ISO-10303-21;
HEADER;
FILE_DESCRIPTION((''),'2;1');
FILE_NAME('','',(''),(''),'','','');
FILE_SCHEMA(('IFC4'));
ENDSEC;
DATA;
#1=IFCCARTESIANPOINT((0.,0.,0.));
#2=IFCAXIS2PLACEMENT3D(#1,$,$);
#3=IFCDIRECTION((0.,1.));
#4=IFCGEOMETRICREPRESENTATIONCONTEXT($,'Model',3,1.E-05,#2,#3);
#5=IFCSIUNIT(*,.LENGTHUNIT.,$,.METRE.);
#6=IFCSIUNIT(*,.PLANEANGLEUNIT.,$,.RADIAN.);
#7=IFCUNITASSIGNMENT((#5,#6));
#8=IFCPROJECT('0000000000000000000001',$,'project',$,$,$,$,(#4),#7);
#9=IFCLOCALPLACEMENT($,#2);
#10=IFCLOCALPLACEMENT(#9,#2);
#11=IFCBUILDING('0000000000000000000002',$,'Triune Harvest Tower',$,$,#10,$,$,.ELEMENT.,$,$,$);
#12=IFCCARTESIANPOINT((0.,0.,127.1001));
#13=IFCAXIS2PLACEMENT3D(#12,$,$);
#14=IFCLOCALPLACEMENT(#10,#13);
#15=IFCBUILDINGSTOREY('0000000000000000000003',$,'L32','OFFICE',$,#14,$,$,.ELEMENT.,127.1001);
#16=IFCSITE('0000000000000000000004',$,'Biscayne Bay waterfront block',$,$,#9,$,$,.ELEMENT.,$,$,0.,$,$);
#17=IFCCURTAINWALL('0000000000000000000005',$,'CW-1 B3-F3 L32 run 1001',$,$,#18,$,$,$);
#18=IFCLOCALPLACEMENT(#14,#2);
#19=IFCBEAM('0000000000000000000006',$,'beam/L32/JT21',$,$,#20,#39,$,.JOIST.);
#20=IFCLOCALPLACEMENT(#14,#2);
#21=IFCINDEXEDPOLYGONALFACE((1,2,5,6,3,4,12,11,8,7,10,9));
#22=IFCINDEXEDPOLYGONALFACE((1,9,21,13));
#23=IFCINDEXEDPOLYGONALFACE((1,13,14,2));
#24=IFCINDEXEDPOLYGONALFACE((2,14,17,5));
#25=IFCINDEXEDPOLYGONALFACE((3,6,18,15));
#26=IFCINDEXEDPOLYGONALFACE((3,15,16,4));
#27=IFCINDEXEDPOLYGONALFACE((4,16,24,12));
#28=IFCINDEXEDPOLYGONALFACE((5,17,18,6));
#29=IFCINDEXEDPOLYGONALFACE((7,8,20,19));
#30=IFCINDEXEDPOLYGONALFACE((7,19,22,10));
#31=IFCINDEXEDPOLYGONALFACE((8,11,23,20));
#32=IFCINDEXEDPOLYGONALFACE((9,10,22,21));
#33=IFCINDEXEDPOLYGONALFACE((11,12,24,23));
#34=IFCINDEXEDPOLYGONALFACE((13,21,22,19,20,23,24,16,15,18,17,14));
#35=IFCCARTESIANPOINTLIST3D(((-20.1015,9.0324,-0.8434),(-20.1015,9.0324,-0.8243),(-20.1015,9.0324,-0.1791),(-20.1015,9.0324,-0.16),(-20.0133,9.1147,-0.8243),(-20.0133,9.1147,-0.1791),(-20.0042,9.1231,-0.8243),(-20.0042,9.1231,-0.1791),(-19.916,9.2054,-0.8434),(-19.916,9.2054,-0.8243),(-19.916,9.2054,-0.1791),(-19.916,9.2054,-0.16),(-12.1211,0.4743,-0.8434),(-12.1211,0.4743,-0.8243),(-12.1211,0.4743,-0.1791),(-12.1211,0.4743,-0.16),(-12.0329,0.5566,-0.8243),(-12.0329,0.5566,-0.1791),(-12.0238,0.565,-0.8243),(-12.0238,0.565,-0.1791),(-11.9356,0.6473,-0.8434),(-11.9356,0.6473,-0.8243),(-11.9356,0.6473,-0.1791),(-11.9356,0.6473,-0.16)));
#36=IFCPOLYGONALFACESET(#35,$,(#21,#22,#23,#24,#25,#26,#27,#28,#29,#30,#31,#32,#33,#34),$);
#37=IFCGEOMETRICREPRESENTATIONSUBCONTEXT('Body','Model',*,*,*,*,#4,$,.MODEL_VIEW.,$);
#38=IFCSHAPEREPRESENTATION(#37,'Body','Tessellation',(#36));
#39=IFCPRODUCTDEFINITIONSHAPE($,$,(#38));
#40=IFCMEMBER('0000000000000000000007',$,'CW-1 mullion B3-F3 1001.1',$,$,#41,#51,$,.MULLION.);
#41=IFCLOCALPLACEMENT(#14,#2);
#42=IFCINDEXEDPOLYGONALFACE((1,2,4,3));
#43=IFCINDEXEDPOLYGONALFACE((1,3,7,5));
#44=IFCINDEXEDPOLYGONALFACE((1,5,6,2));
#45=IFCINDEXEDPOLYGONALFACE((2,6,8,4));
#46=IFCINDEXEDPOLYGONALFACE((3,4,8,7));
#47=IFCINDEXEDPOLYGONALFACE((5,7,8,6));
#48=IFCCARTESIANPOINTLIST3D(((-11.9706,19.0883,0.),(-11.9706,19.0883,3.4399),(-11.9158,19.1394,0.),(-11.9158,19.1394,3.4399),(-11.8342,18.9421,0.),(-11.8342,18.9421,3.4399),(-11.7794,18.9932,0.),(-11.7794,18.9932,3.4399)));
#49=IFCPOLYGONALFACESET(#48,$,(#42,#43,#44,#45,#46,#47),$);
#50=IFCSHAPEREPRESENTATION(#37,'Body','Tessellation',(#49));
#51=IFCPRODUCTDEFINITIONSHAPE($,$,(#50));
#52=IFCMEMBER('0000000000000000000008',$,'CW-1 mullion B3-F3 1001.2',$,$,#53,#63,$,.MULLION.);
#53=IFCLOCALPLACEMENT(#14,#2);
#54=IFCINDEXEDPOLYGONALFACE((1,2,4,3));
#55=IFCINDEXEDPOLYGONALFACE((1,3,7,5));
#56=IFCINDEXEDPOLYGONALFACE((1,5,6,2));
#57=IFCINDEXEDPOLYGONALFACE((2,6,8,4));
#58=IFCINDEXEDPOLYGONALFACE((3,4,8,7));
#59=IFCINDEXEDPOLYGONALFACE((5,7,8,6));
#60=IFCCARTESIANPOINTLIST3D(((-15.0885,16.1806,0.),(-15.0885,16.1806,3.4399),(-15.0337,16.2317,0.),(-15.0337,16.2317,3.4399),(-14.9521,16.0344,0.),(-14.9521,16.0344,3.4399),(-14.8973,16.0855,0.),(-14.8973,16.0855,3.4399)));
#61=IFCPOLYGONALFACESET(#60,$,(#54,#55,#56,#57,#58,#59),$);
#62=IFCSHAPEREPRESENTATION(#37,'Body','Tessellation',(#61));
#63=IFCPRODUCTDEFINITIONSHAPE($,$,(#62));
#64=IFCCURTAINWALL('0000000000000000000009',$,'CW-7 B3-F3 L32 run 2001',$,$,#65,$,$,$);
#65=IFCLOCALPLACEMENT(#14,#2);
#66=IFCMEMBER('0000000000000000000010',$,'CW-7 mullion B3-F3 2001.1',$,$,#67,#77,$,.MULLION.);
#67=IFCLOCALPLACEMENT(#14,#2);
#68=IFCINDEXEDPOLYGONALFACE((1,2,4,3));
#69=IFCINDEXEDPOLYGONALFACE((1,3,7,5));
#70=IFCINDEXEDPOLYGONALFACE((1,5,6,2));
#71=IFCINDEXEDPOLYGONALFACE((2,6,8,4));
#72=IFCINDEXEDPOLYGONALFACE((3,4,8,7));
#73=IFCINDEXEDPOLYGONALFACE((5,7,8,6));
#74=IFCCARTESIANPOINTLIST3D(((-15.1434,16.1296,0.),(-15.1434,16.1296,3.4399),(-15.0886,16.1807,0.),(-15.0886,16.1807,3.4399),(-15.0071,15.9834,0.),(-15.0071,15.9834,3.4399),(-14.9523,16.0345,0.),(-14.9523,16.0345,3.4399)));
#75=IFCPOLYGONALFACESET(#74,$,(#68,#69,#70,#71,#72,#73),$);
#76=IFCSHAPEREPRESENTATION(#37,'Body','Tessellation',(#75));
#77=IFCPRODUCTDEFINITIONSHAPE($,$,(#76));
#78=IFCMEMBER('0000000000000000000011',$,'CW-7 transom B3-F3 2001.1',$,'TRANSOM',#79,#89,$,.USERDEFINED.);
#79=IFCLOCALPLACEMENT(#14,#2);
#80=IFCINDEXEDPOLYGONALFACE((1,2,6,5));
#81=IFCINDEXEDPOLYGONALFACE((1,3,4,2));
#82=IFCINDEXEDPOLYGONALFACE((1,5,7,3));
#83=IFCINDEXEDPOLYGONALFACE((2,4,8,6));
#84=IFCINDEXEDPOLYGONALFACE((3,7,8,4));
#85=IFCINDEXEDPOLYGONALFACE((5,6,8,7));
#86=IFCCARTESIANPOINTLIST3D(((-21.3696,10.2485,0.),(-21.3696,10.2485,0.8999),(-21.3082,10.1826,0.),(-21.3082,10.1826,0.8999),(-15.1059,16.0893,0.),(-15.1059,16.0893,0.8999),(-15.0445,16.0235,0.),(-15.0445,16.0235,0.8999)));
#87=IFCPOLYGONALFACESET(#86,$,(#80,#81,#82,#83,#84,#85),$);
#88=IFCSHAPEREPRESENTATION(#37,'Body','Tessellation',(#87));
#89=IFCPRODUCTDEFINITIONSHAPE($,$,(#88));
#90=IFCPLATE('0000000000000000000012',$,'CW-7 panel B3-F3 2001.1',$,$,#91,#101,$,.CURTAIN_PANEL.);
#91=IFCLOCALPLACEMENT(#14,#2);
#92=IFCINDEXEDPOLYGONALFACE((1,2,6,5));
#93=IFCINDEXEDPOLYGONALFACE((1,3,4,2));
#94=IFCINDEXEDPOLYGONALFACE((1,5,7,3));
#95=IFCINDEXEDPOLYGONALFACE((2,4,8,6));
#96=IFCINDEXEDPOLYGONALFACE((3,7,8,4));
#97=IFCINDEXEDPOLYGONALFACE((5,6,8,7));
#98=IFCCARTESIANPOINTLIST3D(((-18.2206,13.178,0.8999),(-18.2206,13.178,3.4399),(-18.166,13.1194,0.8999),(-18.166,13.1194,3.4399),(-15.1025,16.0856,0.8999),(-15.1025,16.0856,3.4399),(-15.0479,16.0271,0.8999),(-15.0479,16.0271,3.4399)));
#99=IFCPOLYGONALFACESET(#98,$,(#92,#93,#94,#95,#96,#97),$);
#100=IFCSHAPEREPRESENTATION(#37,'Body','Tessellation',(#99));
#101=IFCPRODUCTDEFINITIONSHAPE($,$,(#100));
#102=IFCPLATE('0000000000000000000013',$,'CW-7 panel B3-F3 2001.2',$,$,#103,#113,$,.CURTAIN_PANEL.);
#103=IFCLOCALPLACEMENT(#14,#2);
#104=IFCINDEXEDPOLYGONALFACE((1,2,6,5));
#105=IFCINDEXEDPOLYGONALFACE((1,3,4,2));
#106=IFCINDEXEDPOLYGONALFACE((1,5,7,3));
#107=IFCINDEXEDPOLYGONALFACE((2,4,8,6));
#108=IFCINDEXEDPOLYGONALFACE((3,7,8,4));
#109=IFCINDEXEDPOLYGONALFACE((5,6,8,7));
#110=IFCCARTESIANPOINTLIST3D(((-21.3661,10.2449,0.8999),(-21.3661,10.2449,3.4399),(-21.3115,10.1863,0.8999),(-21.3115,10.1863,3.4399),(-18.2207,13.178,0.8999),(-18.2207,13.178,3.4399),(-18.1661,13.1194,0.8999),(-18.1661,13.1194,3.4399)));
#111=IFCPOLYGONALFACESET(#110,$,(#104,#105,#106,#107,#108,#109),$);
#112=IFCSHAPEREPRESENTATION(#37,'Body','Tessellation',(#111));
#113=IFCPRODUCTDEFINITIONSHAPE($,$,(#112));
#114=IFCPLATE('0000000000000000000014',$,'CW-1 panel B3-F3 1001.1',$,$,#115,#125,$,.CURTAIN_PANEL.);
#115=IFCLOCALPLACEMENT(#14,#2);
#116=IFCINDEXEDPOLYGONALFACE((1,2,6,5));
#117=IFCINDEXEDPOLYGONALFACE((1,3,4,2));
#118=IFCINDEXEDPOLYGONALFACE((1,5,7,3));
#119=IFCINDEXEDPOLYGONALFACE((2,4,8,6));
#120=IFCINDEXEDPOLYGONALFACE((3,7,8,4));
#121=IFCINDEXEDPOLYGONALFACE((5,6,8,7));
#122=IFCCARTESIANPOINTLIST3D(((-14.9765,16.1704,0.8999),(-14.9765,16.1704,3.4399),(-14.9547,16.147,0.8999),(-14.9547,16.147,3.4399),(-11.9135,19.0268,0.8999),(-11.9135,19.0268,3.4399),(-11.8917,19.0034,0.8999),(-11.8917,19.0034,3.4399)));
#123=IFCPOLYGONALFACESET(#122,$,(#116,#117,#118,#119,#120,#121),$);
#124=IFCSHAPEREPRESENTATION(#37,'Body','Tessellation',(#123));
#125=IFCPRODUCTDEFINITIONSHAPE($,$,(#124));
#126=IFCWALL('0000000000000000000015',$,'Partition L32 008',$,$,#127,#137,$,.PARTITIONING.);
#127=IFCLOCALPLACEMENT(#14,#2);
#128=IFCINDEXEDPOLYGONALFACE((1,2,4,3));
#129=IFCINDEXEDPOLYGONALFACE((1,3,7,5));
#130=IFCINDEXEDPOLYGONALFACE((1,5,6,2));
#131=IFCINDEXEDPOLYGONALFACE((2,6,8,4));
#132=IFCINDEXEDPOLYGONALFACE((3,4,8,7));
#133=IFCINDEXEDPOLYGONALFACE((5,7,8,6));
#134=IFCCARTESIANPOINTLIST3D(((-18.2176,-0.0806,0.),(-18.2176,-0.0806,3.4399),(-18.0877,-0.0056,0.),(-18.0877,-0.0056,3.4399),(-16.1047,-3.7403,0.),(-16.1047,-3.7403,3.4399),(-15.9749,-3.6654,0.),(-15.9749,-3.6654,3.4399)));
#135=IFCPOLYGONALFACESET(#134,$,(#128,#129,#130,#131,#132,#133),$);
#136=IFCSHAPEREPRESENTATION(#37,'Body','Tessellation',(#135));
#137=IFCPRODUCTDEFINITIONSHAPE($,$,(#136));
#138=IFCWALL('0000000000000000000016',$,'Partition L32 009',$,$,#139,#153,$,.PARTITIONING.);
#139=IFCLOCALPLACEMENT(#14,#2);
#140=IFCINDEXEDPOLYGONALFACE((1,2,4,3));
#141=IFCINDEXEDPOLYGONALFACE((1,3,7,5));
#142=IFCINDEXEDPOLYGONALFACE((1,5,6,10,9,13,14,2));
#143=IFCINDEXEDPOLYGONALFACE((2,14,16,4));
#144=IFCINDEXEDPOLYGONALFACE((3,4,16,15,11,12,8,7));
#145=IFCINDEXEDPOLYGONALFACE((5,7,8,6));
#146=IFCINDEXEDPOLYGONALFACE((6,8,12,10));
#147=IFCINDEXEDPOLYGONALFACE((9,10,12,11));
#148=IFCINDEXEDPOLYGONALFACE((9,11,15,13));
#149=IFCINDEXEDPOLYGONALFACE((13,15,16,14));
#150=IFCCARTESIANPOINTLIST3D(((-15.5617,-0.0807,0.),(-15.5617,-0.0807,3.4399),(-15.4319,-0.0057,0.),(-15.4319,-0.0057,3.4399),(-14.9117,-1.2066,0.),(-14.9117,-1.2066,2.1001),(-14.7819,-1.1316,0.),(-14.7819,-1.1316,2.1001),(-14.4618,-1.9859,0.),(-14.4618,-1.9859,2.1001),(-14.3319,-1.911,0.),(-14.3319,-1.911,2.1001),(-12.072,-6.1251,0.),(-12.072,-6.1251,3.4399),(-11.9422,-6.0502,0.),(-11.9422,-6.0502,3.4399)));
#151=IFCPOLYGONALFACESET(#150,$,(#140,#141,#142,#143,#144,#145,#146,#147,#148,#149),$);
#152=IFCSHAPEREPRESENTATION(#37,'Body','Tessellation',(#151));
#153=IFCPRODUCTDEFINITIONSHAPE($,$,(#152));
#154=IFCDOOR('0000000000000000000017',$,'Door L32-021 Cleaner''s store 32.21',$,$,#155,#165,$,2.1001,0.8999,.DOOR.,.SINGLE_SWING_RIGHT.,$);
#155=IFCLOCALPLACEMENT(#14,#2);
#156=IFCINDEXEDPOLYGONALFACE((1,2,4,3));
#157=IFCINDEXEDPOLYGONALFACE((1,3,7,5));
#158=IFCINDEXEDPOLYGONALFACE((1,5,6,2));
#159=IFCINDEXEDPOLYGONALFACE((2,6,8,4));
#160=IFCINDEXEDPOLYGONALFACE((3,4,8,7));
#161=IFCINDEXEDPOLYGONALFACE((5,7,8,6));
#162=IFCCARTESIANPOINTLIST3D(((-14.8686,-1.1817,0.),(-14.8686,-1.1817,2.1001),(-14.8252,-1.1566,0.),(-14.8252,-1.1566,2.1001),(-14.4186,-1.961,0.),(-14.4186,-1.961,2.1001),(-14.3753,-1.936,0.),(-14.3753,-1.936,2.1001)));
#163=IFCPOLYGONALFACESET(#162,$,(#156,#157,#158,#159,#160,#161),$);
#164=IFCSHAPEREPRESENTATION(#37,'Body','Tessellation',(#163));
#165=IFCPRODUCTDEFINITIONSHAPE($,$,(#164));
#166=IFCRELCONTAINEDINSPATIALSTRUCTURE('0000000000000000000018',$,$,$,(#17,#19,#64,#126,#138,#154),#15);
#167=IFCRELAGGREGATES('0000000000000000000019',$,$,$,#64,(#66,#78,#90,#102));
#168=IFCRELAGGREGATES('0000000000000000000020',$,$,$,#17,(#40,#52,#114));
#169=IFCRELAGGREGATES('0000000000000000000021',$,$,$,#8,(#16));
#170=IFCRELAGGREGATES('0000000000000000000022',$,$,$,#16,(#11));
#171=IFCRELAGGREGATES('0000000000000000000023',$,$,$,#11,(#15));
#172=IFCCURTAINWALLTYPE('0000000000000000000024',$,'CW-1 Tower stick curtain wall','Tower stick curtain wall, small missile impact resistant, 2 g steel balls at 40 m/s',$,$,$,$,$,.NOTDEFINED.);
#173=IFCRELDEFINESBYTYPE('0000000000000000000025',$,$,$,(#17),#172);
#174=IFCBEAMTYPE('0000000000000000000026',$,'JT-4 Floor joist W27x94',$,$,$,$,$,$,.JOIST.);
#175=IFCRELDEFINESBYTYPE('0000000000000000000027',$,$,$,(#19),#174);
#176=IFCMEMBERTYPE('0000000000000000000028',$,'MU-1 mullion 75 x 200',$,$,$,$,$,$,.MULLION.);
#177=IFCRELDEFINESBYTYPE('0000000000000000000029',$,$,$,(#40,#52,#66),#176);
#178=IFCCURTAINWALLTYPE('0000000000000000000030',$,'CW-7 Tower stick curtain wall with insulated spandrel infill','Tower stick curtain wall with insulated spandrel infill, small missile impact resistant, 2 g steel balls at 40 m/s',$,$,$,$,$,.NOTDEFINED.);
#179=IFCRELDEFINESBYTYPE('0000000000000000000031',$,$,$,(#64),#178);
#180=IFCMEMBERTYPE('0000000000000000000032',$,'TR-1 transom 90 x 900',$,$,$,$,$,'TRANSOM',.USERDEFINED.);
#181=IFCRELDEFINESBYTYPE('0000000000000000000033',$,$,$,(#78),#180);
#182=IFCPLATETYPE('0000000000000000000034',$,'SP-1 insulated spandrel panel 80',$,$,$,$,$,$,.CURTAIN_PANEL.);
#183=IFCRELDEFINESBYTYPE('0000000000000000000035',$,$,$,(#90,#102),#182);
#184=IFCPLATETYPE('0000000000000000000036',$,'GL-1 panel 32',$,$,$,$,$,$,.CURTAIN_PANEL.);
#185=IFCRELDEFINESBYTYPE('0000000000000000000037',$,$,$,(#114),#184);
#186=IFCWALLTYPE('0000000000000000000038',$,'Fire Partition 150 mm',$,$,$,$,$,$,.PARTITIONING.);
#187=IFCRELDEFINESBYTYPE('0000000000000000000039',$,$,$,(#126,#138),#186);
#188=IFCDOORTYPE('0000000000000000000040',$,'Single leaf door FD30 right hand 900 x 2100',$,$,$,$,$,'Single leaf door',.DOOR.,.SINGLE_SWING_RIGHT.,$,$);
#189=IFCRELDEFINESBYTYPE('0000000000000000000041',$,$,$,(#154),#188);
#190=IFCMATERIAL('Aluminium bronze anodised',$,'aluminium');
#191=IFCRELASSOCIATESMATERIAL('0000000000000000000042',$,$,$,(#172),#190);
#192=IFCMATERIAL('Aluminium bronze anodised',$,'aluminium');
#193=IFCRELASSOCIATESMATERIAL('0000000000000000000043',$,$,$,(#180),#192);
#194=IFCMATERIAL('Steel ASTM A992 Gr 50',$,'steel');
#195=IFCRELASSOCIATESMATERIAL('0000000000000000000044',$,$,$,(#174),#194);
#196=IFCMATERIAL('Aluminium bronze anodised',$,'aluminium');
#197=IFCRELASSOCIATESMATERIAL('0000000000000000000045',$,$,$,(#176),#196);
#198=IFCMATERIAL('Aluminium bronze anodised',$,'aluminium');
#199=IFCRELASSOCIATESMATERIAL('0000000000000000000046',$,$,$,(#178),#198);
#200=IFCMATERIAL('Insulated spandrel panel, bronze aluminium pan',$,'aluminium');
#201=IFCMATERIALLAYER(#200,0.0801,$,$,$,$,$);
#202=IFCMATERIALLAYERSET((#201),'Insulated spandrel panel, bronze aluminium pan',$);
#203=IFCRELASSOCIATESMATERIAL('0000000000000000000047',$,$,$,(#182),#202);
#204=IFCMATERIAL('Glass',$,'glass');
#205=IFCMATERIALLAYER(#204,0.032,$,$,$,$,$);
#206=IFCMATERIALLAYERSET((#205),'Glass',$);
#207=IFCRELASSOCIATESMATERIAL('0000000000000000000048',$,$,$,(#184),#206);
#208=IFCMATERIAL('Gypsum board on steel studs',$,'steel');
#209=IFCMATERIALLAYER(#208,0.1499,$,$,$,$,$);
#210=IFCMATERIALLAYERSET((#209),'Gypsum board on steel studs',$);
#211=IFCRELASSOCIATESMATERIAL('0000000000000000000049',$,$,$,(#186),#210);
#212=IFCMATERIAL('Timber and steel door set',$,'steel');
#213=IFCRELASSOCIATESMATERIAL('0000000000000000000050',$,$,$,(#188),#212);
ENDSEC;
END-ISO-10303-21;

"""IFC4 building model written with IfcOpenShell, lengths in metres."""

from ifc_helpers import new_model, si_unit, direction, frame, frame_2d, origin, origin_2d, place, context, subcontext, project, spatial, rectangle, i_section, extrude, source, transform, mapped, material, layer, layer_set, material_profile, profile_set, type_object, element, fill, aggregate, save


model = new_model("IFC4")

# Units and contexts
model_context = context("Model", 3, precision=1e-05, world=origin(), true_north=direction((0.0, 1.0)))
body_context = subcontext(model_context, "Body", "Model", "MODEL_VIEW")
ifc_project = project(units=[si_unit("LENGTHUNIT", "METRE"), si_unit("PLANEANGLEUNIT", "RADIAN")], contexts=[model_context])

# Site, building, storey
site_placement = place(None, origin())
site = spatial("IfcSite", under=ifc_project, at=site_placement, Name="Biscayne Bay waterfront block", CompositionType="ELEMENT", RefElevation=0.0)
building_placement = place(site_placement, origin())
building = spatial("IfcBuilding", under=site, at=building_placement, Name="Triune Harvest Tower", CompositionType="ELEMENT")
storey_placement = place(building_placement, frame((0.0, 0.0, 127.1001)))
storey = spatial("IfcBuildingStorey", under=building, at=storey_placement, Name="L32", Description="OFFICE", CompositionType="ELEMENT", Elevation=127.1001)

# Curtain wall
ifc_material_1 = material(Name="Aluminium bronze anodised", Category="aluminium")
curtain_wall_type_1 = type_object("IfcCurtainWallType", Name="CW-1 Tower stick curtain wall", Description="Tower stick curtain wall, small missile impact resistant, 2 g steel balls at 40 m/s", PredefinedType="NOTDEFINED", material=ifc_material_1)
curtain_wall_1_placement = place(storey_placement, origin())
curtain_wall_1 = element("IfcCurtainWall", 1, at=curtain_wall_1_placement, inside=storey, type_object=curtain_wall_type_1, Name="CW-1 B3-F3 L32 run 1001")
ifc_material_2 = material(Name="Aluminium bronze anodised", Category="aluminium")
ifc_material_profile_1 = material_profile(ifc_material_2, rectangle(XDim=0.0901, YDim=0.8999, at=origin_2d()), Name="TR-1 transom 90 x 900")
ifc_profile_set_1 = profile_set([ifc_material_profile_1], Name="Aluminium bronze anodised")
member_type_1 = type_object("IfcMemberType", Name="TR-1 transom 90 x 900", ElementType="TRANSOM", PredefinedType="USERDEFINED", material=ifc_profile_set_1)

# Beam
ifc_material_3 = material(Name="Steel ASTM A992 Gr 50", Category="steel")
ifc_material_profile_2 = material_profile(ifc_material_3, i_section(OverallWidth=0.2537, OverallDepth=0.6833, WebThickness=0.0125, FlangeThickness=0.019, at=origin_2d()), Name="W27x94")
ifc_profile_set_2 = profile_set([ifc_material_profile_2], Name="Steel ASTM A992 Gr 50")
beam_type_1 = type_object("IfcBeamType", Name="JT-4 Floor joist W27x94", PredefinedType="JOIST", material=ifc_profile_set_2)
shared_shape_1 = source(origin(), body_context, "Body", "SweptSolid", [
    extrude(i_section(OverallWidth=0.2537, OverallDepth=0.6833, WebThickness=0.0125, FlangeThickness=0.019, at=origin_2d()), origin(), (0.0, 0.0, 1.0), 11.7017),
])
beam_1_placement = place(storey_placement, frame((-20.0088, 9.1189, -0.5017), z_axis=(0.681994, -0.731358, 0.0), x_axis=(0.731358, 0.681994, 0.0)))
element("IfcBeam", 2, at=beam_1_placement, inside=storey, type_object=beam_type_1, Name="beam/L32/JT21", PredefinedType="JOIST", context=body_context, shape_type="MappedRepresentation", body=[
    mapped(shared_shape_1, transform((0.0, 0.0, 0.0), scale=1.0)),
])

# Members
ifc_material_4 = material(Name="Aluminium bronze anodised", Category="aluminium")
ifc_material_profile_3 = material_profile(ifc_material_4, rectangle(XDim=0.2, YDim=0.075, at=origin_2d()), Name="MU-1 mullion 75 x 200")
ifc_profile_set_3 = profile_set([ifc_material_profile_3], Name="Aluminium bronze anodised")
member_type_2 = type_object("IfcMemberType", Name="MU-1 mullion 75 x 200", PredefinedType="MULLION", material=ifc_profile_set_3)
shared_shape_2 = source(origin(), body_context, "Body", "SweptSolid", [
    extrude(rectangle(XDim=0.2, YDim=0.075, at=origin_2d()), origin(), (0.0, 0.0, 1.0), 3.4399),
])
member_1_placement = place(storey_placement, frame((-11.875, 19.0408, 0.0), z_axis=(0.0, 0.0, 1.0), x_axis=(0.682013, -0.73134, 0.0)))
member_1 = element("IfcMember", 3, at=member_1_placement, type_object=member_type_2, Name="CW-1 mullion B3-F3 1001.1", PredefinedType="MULLION", context=body_context, shape_type="MappedRepresentation", body=[
    mapped(shared_shape_2, transform((0.0, 0.0, 0.0), scale=1.0)),
])
member_2_placement = place(storey_placement, frame((-14.9929, 16.1331, 0.0), z_axis=(0.0, 0.0, 1.0), x_axis=(0.682013, -0.73134, 0.0)))
member_2 = element("IfcMember", 4, at=member_2_placement, type_object=member_type_2, Name="CW-1 mullion B3-F3 1001.2", PredefinedType="MULLION", context=body_context, shape_type="MappedRepresentation", body=[
    mapped(shared_shape_2, transform((0.0, 0.0, 0.0), scale=1.0)),
])

# Curtain wall, members, plates
ifc_material_5 = material(Name="Aluminium bronze anodised", Category="aluminium")
curtain_wall_type_2 = type_object("IfcCurtainWallType", Name="CW-7 Tower stick curtain wall with insulated spandrel infill", Description="Tower stick curtain wall with insulated spandrel infill, small missile impact resistant, 2 g steel balls at 40 m/s", PredefinedType="NOTDEFINED", material=ifc_material_5)
curtain_wall_2_placement = place(storey_placement, origin())
curtain_wall_2 = element("IfcCurtainWall", 5, at=curtain_wall_2_placement, inside=storey, type_object=curtain_wall_type_2, Name="CW-7 B3-F3 L32 run 2001")
member_3_placement = place(storey_placement, frame((-15.0479, 16.082, 0.0), z_axis=(0.0, 0.0, 1.0), x_axis=(0.681997, -0.731355, 0.0)))
member_3 = element("IfcMember", 6, at=member_3_placement, type_object=member_type_2, Name="CW-7 mullion B3-F3 2001.1", PredefinedType="MULLION", context=body_context, shape_type="MappedRepresentation", body=[
    mapped(shared_shape_2, transform((0.0, 0.0, 0.0), scale=1.0)),
])
shared_shape_3 = source(origin(), body_context, "Body", "SweptSolid", [
    extrude(rectangle(XDim=0.0901, YDim=0.8999, at=origin_2d()), origin(), (0.0, 0.0, 1.0), 8.5645),
])
member_4_placement = place(storey_placement, frame((-15.0752, 16.0564, 0.45), z_axis=(-0.731362, -0.681989, 0.0), x_axis=(0.681989, -0.731362, 0.0)))
member_4 = element("IfcMember", 7, at=member_4_placement, type_object=member_type_1, Name="CW-7 transom B3-F3 2001.1", ObjectType="TRANSOM", PredefinedType="USERDEFINED", context=body_context, shape_type="MappedRepresentation", body=[
    mapped(shared_shape_3, transform((0.0, 0.0, 0.0), scale=1.0)),
])
ifc_material_6 = material(Name="Insulated spandrel panel, bronze aluminium pan", Category="aluminium")
ifc_layer_1 = layer(ifc_material_6, 0.0801)
ifc_layer_set_1 = layer_set([ifc_layer_1], Name="Insulated spandrel panel, bronze aluminium pan")
plate_type_1 = type_object("IfcPlateType", Name="SP-1 insulated spandrel panel 80", PredefinedType="CURTAIN_PANEL", material=ifc_layer_set_1)
shared_shape_4 = source(origin(), body_context, "Body", "SweptSolid", [
    extrude(rectangle(XDim=4.2634, YDim=0.0801, at=origin_2d()), origin(), (0.0, 0.0, 1.0), 2.54),
])
plate_1_placement = place(storey_placement, frame((-16.6343, 14.6025, 0.8999), z_axis=(0.0, 0.0, 1.0), x_axis=(-0.731355, -0.681997, 0.0)))
plate_1 = element("IfcPlate", 8, at=plate_1_placement, type_object=plate_type_1, Name="CW-7 panel B3-F3 2001.1", PredefinedType="CURTAIN_PANEL", context=body_context, shape_type="MappedRepresentation", body=[
    mapped(shared_shape_4, transform((0.0, 0.0, 0.0), scale=1.0)),
])
shared_shape_5 = source(origin(), body_context, "Body", "SweptSolid", [
    extrude(rectangle(XDim=4.3008, YDim=0.0801, at=origin_2d()), origin(), (0.0, 0.0, 1.0), 2.54),
])
plate_2_placement = place(storey_placement, frame((-19.7661, 11.6821, 0.8999), z_axis=(0.0, 0.0, 1.0), x_axis=(-0.731355, -0.681997, 0.0)))
plate_2 = element("IfcPlate", 9, at=plate_2_placement, type_object=plate_type_1, Name="CW-7 panel B3-F3 2001.2", PredefinedType="CURTAIN_PANEL", context=body_context, shape_type="MappedRepresentation", body=[
    mapped(shared_shape_5, transform((0.0, 0.0, 0.0), scale=1.0)),
])
aggregate(curtain_wall_2, [member_3, member_4, plate_1, plate_2])

# Plate
ifc_material_7 = material(Name="Glass", Category="glass")
ifc_layer_2 = layer(ifc_material_7, 0.032)
ifc_layer_set_2 = layer_set([ifc_layer_2], Name="Glass")
plate_type_2 = type_object("IfcPlateType", Name="GL-1 panel 32", PredefinedType="CURTAIN_PANEL", material=ifc_layer_set_2)
shared_shape_6 = source(origin(), body_context, "Body", "SweptSolid", [
    extrude(rectangle(XDim=4.1882, YDim=0.032, at=origin_2d()), origin(), (0.0, 0.0, 1.0), 2.54),
])
plate_3_placement = place(storey_placement, frame((-13.4341, 17.5869, 0.8999), z_axis=(0.0, 0.0, 1.0), x_axis=(-0.73134, -0.682013, 0.0)))
plate_3 = element("IfcPlate", 10, at=plate_3_placement, type_object=plate_type_2, Name="CW-1 panel B3-F3 1001.1", PredefinedType="CURTAIN_PANEL", context=body_context, shape_type="MappedRepresentation", body=[
    mapped(shared_shape_6, transform((0.0, 0.0, 0.0), scale=1.0)),
])
aggregate(curtain_wall_1, [member_1, member_2, plate_3])

# Wall
ifc_material_8 = material(Name="Gypsum board on steel studs", Category="steel")
ifc_layer_3 = layer(ifc_material_8, 0.1499)
ifc_layer_set_3 = layer_set([ifc_layer_3], Name="Gypsum board on steel studs")
wall_type_1 = type_object("IfcWallType", Name="Fire Partition 150 mm", PredefinedType="PARTITIONING", material=ifc_layer_set_3)
wall_1_placement = place(storey_placement, frame((-18.1526, -0.0432, 0.0), z_axis=(0.0, 0.0, 1.0), x_axis=(0.499979, -0.866037, 0.0)))
element("IfcWall", 11, at=wall_1_placement, inside=storey, type_object=wall_type_1, Name="Partition L32 008", PredefinedType="PARTITIONING", context=body_context, shape_type="SweptSolid", body=[
    extrude(rectangle(XDim=4.2258, YDim=0.1499, at=frame_2d((2.1128, 0.0))), origin(), (0.0, 0.0, 1.0), 3.4399),
])

# Wall, opening, door
wall_2_placement = place(storey_placement, frame((-15.4968, -0.0432, 0.0), z_axis=(0.0, 0.0, 1.0), x_axis=(0.499999, -0.866026, 0.0)))
wall_2 = element("IfcWall", 12, at=wall_2_placement, inside=storey, type_object=wall_type_1, Name="Partition L32 009", PredefinedType="PARTITIONING", context=body_context, shape_type="SweptSolid", body=[
    extrude(rectangle(XDim=6.9795, YDim=0.1499, at=frame_2d((3.4897, 0.0))), origin(), (0.0, 0.0, 1.0), 3.4399),
])
opening_1_placement = place(wall_2_placement, frame((1.3, 0.0, 0.0)))
opening_1 = element("IfcOpeningElement", 13, at=opening_1_placement, cuts=wall_2, PredefinedType="OPENING", context=body_context, shape_type="SweptSolid", body=[
    extrude(rectangle(XDim=0.8999, YDim=2.1001, at=frame_2d((0.45, 1.05))), frame((0.0, 0.085, 0.0), z_axis=(0.0, -1.0, 0.0), x_axis=(1.0, 0.0, 0.0)), (0.0, 0.0, 1.0), 0.1699),
])
ifc_material_9 = material(Name="Timber and steel door set", Category="steel")
door_type_1 = type_object("IfcDoorType", Name="Single leaf door FD30 right hand 900 x 2100", ElementType="Single leaf door", OperationType="SINGLE_SWING_RIGHT", PredefinedType="DOOR", material=ifc_material_9)
door_1_placement = place(opening_1_placement, origin())
door_1 = element("IfcDoor", 14, at=door_1_placement, inside=storey, type_object=door_type_1, Name="Door L32-021 Cleaner's store 32.21", OperationType="SINGLE_SWING_RIGHT", OverallHeight=2.1001, OverallWidth=0.8999, PredefinedType="DOOR", context=body_context, shape_type="SweptSolid", body=[
    extrude(rectangle(XDim=0.8999, YDim=2.1001, at=frame_2d((0.45, 1.05))), frame((0.0, 0.0249, 0.0), z_axis=(0.0, -1.0, 0.0), x_axis=(1.0, 0.0, 0.0)), (0.0, 0.0, 1.0), 0.05),
])
fill(opening_1, door_1)

save(model, "model.ifc")
